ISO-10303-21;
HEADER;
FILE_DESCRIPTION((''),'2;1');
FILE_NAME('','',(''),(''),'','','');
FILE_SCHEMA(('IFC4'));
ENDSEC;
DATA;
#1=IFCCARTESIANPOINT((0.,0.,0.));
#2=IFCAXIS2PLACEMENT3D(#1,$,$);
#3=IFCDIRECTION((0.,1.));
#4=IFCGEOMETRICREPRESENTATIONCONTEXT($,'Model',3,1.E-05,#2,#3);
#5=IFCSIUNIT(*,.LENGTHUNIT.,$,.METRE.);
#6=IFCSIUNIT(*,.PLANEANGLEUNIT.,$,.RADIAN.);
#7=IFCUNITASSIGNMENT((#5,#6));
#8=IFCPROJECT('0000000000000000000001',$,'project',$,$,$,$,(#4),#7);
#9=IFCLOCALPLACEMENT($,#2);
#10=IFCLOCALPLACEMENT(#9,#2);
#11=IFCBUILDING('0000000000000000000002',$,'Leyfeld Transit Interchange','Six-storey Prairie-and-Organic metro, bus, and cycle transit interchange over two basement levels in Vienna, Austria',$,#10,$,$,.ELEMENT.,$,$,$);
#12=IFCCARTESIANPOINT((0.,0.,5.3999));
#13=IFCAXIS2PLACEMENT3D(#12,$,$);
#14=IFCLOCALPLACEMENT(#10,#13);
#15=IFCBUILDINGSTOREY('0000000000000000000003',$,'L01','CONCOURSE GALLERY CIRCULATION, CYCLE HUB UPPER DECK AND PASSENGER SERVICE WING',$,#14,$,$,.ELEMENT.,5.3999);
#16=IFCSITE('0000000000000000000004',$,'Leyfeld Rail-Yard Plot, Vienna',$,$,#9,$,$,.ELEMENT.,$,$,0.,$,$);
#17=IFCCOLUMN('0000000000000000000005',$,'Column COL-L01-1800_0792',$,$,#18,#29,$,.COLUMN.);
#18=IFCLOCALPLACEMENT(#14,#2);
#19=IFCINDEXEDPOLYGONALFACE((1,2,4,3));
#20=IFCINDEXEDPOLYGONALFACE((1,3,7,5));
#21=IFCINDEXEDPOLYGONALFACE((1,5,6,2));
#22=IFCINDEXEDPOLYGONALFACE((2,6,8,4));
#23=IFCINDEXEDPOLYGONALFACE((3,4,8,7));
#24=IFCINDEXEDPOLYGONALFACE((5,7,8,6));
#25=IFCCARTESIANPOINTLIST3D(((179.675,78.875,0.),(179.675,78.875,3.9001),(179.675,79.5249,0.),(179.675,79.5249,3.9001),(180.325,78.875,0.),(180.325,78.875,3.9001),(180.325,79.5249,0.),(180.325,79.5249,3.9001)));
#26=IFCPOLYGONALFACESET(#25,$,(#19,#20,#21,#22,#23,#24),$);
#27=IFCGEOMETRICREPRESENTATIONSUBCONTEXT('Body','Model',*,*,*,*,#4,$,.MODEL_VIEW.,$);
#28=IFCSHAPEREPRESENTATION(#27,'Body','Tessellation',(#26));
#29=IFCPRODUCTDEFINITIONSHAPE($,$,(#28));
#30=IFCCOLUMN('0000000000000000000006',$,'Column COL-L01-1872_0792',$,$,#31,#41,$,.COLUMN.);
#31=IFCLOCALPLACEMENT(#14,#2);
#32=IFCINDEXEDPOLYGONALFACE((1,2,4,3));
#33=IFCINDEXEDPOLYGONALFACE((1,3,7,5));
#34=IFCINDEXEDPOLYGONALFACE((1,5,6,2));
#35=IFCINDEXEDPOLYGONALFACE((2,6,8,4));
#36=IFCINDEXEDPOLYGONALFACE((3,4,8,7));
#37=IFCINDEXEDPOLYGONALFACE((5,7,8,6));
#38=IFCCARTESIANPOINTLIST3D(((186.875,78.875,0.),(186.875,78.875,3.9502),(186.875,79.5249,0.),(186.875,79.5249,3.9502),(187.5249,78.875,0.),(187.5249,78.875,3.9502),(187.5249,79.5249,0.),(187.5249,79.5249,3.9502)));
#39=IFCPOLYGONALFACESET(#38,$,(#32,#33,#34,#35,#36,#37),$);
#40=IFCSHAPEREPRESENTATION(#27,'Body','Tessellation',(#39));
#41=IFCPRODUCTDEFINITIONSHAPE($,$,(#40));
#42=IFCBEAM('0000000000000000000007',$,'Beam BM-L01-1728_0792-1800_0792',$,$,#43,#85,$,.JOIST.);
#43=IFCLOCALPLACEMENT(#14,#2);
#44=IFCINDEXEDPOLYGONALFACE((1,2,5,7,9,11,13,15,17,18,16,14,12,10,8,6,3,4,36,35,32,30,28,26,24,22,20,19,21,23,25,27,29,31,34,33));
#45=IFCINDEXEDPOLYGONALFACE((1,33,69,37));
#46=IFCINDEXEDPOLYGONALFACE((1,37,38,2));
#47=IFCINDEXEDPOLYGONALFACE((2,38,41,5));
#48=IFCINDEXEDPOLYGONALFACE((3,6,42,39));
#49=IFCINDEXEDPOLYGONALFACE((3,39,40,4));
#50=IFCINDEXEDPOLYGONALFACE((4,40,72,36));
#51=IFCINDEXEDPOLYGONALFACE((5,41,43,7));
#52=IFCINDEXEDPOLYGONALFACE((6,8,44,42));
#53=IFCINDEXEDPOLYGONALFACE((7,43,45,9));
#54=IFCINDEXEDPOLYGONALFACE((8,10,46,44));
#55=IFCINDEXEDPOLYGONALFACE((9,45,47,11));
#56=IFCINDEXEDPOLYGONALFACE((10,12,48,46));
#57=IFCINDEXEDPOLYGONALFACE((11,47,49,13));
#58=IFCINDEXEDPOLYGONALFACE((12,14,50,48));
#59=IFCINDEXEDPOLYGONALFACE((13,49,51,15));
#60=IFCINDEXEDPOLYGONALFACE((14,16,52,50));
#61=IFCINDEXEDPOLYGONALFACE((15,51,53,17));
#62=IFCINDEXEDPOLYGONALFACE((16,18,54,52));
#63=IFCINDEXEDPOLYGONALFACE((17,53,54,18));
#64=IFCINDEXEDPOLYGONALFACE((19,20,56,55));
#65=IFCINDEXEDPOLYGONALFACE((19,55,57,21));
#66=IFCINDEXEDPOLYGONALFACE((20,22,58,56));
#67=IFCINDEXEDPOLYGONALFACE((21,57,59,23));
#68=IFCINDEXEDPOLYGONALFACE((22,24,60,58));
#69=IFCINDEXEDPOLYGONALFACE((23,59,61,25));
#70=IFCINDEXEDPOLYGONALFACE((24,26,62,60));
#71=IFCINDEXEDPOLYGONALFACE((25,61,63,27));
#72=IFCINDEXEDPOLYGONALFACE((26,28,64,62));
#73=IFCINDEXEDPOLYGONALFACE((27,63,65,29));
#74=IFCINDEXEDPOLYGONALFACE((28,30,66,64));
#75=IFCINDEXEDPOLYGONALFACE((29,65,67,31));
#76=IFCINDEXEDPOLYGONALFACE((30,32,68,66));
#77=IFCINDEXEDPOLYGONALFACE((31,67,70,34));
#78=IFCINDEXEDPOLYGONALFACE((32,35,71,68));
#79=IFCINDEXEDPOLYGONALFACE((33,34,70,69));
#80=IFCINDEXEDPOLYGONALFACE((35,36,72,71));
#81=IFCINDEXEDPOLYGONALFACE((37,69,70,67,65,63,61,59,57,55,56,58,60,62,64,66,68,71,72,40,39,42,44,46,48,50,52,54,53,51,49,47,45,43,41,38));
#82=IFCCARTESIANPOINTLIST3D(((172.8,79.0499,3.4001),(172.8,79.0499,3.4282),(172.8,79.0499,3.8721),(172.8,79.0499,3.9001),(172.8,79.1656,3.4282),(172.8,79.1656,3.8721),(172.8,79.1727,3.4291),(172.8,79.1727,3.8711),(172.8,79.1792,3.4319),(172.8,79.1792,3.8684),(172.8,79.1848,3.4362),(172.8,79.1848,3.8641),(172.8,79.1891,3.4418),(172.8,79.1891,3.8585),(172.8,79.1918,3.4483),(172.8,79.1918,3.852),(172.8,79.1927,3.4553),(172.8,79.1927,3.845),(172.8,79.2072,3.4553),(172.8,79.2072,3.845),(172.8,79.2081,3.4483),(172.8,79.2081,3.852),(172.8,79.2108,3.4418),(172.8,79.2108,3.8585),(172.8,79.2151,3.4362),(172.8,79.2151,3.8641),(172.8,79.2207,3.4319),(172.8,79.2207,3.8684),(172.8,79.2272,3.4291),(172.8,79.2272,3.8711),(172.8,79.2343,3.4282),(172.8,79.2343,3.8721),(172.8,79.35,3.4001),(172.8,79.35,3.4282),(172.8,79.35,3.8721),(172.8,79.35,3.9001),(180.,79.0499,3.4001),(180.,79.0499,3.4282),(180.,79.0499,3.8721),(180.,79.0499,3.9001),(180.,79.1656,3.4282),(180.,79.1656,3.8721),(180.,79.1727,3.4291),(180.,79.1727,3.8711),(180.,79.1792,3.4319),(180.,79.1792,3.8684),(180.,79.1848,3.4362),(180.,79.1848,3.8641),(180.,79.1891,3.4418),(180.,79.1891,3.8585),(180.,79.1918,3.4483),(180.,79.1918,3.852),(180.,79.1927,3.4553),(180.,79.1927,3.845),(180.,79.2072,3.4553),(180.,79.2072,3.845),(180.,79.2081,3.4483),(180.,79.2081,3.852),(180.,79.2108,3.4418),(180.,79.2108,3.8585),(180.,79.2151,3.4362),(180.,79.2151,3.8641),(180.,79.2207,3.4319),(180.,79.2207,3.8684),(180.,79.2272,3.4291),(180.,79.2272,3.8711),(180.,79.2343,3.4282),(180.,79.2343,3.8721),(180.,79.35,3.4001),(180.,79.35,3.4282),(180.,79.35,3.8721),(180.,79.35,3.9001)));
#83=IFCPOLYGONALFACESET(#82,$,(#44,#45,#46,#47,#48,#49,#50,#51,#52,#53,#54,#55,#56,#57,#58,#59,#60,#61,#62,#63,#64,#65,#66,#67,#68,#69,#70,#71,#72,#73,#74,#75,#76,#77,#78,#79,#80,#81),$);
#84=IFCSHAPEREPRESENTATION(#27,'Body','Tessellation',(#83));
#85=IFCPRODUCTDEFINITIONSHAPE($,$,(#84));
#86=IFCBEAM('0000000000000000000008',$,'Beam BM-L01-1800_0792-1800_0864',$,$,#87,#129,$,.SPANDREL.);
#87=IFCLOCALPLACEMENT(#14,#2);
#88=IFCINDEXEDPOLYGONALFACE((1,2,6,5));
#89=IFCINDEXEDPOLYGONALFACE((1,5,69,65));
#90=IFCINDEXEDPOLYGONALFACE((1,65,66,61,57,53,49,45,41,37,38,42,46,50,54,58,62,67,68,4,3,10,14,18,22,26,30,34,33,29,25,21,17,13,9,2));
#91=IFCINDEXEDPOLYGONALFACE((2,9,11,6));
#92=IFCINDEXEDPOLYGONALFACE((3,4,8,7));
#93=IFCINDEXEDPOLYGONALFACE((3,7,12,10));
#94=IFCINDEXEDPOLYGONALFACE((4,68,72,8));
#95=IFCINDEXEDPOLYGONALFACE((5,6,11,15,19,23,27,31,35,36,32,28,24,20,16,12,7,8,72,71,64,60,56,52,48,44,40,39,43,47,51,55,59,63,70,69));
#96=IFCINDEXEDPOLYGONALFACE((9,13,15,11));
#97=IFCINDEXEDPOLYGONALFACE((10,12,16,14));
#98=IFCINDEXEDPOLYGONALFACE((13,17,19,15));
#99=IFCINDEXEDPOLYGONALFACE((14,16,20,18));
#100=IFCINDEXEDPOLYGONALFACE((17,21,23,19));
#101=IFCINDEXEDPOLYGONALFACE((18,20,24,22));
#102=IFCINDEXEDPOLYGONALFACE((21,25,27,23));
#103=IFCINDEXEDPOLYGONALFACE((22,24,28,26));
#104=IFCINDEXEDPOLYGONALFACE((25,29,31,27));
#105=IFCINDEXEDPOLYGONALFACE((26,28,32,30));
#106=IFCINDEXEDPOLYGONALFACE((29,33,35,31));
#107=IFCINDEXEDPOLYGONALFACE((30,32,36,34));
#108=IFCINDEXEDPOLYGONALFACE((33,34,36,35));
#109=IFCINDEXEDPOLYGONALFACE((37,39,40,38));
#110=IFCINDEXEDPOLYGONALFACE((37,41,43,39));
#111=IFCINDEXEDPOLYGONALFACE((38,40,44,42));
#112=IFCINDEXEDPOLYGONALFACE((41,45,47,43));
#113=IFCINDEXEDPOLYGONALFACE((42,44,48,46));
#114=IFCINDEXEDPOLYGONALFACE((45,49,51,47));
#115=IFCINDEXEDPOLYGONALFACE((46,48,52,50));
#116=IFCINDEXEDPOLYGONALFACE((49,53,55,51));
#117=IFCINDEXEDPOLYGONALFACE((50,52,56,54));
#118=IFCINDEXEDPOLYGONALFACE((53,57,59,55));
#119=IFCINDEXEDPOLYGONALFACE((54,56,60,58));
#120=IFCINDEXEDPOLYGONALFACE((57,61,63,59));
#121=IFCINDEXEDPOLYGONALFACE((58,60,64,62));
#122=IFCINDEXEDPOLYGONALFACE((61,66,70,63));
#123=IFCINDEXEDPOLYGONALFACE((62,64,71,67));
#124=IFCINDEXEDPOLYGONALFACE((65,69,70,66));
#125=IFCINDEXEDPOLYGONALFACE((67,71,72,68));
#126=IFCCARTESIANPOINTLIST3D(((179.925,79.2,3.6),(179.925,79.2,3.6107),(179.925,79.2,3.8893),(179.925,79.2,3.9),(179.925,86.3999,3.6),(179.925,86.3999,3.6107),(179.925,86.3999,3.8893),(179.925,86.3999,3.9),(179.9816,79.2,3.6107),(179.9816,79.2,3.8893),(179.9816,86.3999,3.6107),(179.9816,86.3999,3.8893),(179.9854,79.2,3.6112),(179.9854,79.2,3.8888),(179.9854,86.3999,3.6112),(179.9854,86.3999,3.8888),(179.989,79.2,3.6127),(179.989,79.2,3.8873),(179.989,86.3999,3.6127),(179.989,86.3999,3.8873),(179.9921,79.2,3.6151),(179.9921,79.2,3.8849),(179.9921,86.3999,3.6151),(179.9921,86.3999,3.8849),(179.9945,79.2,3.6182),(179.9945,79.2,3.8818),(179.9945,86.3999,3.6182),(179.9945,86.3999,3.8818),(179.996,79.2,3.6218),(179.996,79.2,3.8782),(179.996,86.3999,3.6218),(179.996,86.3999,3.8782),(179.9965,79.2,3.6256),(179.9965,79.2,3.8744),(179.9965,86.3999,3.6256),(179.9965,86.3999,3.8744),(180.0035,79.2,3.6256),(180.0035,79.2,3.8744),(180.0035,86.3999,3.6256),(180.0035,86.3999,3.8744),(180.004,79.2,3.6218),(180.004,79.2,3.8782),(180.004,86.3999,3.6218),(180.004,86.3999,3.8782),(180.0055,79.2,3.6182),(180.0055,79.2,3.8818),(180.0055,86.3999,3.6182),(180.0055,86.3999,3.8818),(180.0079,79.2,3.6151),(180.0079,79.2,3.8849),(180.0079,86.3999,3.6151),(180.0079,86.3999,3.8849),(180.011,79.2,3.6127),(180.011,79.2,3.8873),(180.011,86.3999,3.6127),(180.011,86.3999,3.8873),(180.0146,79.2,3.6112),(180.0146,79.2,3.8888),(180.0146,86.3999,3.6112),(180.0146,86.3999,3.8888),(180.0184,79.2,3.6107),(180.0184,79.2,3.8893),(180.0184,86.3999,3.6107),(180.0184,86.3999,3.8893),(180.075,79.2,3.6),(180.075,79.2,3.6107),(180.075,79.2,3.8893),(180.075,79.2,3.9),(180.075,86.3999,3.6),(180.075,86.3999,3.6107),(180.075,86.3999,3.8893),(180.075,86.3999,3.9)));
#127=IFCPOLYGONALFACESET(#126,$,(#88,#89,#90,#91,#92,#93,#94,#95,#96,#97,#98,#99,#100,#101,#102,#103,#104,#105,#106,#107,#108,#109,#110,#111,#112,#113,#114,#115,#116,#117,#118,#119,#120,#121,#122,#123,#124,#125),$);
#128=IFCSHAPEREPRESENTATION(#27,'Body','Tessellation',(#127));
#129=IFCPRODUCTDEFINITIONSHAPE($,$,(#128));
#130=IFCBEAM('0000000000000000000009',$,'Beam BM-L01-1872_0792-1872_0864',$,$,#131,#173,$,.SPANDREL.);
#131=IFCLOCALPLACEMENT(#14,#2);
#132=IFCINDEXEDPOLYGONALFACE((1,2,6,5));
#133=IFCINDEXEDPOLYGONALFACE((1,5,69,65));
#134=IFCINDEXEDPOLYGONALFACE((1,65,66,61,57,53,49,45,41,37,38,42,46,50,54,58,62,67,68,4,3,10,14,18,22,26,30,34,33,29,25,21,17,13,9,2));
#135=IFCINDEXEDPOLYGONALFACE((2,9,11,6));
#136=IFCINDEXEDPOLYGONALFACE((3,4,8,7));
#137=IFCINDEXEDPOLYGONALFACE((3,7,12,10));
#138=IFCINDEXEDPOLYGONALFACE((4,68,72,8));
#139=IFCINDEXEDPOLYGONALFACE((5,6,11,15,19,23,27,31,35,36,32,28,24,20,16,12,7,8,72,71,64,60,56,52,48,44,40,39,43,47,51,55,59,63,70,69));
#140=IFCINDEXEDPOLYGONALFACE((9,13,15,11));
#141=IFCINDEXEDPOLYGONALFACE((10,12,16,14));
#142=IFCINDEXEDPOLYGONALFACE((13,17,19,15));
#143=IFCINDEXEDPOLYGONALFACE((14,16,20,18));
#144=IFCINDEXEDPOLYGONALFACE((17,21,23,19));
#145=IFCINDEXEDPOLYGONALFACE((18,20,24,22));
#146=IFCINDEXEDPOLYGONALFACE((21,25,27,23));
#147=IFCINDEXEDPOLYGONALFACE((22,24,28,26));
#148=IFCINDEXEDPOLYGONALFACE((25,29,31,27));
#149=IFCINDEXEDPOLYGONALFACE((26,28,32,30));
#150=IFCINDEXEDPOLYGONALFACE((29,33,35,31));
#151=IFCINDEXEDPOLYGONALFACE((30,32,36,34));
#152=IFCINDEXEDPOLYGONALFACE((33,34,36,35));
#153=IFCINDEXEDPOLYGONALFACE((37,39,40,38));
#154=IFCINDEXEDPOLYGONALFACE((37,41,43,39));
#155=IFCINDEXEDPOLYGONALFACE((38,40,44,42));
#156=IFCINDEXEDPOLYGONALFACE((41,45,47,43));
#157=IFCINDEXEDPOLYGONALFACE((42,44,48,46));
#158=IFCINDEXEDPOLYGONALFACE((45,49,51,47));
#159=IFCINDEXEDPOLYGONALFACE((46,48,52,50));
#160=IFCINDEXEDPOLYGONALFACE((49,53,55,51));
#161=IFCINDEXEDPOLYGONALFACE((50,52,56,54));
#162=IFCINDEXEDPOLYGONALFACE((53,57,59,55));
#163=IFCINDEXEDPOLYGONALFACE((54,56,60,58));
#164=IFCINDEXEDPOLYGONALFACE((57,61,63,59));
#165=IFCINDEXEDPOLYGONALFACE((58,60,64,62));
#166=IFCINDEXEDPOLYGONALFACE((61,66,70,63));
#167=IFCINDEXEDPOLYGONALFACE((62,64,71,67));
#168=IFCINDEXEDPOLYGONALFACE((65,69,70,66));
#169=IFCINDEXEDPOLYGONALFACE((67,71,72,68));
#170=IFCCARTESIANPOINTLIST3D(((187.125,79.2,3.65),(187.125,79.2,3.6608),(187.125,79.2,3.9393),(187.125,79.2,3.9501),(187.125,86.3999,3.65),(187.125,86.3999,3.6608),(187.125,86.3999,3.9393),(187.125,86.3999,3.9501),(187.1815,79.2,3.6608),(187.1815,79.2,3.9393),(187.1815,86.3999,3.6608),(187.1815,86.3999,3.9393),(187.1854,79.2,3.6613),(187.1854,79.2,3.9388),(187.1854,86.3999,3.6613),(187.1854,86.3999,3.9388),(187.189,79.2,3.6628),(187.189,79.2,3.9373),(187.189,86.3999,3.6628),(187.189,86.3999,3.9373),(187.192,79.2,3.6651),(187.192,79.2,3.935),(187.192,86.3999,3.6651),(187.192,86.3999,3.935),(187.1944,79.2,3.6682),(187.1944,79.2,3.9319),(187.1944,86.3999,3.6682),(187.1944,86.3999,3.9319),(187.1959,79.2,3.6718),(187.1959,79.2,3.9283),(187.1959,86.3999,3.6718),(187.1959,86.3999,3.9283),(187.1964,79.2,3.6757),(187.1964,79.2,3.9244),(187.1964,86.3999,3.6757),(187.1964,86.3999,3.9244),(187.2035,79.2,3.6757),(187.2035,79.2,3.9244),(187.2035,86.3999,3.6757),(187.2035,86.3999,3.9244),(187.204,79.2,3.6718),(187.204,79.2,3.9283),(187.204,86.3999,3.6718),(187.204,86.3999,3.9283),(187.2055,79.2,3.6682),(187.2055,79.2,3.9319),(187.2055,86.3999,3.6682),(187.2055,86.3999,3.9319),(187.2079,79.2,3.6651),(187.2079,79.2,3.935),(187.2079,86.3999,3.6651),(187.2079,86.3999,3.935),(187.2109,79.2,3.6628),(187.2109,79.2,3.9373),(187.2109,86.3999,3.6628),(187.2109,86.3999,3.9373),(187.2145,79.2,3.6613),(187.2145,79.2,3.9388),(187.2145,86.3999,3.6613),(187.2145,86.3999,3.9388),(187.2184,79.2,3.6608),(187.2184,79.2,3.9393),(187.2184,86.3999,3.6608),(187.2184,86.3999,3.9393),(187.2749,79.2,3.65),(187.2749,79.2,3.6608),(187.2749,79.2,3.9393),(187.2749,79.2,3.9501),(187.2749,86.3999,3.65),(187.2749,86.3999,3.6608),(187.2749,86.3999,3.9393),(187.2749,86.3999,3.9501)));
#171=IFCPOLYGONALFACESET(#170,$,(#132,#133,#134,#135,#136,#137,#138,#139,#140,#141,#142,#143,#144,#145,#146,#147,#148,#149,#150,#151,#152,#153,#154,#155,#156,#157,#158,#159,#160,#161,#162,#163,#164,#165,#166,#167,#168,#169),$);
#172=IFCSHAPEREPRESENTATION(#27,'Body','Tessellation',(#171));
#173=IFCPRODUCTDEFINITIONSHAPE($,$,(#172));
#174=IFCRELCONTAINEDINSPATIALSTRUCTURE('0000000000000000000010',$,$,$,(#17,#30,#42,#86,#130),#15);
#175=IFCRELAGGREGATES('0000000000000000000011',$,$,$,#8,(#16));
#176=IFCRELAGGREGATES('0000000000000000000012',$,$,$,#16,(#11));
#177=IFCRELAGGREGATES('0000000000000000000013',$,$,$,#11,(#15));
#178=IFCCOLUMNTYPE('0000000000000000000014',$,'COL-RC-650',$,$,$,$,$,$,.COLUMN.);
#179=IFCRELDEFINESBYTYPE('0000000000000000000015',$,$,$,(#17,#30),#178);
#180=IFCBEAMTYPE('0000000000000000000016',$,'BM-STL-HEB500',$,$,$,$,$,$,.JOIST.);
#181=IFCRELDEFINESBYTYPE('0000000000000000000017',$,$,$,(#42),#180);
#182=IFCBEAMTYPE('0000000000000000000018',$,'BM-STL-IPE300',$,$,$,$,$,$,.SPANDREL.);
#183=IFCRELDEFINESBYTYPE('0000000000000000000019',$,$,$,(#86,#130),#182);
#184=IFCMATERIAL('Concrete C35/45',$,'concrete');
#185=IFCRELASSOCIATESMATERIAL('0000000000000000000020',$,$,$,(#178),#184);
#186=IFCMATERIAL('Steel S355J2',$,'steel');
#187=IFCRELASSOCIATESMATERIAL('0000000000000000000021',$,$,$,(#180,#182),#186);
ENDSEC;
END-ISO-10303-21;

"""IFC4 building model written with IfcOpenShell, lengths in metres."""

from ifc_helpers import new_model, si_unit, direction, frame, origin, origin_2d, place, context, subcontext, project, spatial, rectangle, i_section, extrude, material, material_profile, profile_set, type_object, element, save


model = new_model("IFC4")

# Units and contexts
model_context = context("Model", 3, precision=1e-05, world=origin(), true_north=direction((0.0, 1.0)))
body_context = subcontext(model_context, "Body", "Model", "MODEL_VIEW")
ifc_project = project(units=[si_unit("LENGTHUNIT", "METRE"), si_unit("PLANEANGLEUNIT", "RADIAN")], contexts=[model_context])

# Site, building, storey
site_placement = place(None, origin())
site = spatial("IfcSite", under=ifc_project, at=site_placement, Name="Leyfeld Rail-Yard Plot, Vienna", CompositionType="ELEMENT", RefElevation=0.0)
building_placement = place(site_placement, origin())
building = spatial("IfcBuilding", under=site, at=building_placement, Name="Leyfeld Transit Interchange", Description="Six-storey Prairie-and-Organic metro, bus, and cycle transit interchange over two basement levels in Vienna, Austria", CompositionType="ELEMENT")
storey_placement = place(building_placement, frame((0.0, 0.0, 5.3999)))
storey = spatial("IfcBuildingStorey", under=building, at=storey_placement, Name="L01", Description="CONCOURSE GALLERY CIRCULATION, CYCLE HUB UPPER DECK AND PASSENGER SERVICE WING", CompositionType="ELEMENT", Elevation=5.3999)

# Columns
ifc_material_1 = material(Name="Concrete C35/45", Category="concrete")
ifc_material_profile_1 = material_profile(ifc_material_1, rectangle(XDim=0.6499, YDim=0.6499, at=origin_2d()), Name="RC 650x650")
ifc_profile_set_1 = profile_set([ifc_material_profile_1], Name="Concrete C35/45")
column_type = type_object("IfcColumnType", Name="COL-RC-650", PredefinedType="COLUMN", material=ifc_profile_set_1)
column_1_placement = place(storey_placement, frame((180.0, 79.2, 0.0), z_axis=(0.0, 0.0, 1.0), x_axis=(1.0, 0.0, 0.0)))
element("IfcColumn", 1, at=column_1_placement, inside=storey, type_object=column_type, Name="Column COL-L01-1800_0792", PredefinedType="COLUMN", context=body_context, shape_type="SweptSolid", body=[
    extrude(rectangle(XDim=0.6499, YDim=0.6499, at=origin_2d()), origin(), (0.0, 0.0, 1.0), 3.9001),
])
column_2_placement = place(storey_placement, frame((187.2, 79.2, 0.0), z_axis=(0.0, 0.0, 1.0), x_axis=(1.0, 0.0, 0.0)))
element("IfcColumn", 2, at=column_2_placement, inside=storey, type_object=column_type, Name="Column COL-L01-1872_0792", PredefinedType="COLUMN", context=body_context, shape_type="SweptSolid", body=[
    extrude(rectangle(XDim=0.6499, YDim=0.6499, at=origin_2d()), origin(), (0.0, 0.0, 1.0), 3.9502),
])

# Beams
ifc_material_2 = material(Name="Steel S355J2", Category="steel")
ifc_material_profile_2 = material_profile(ifc_material_2, i_section(OverallWidth=0.3, OverallDepth=0.5, WebThickness=0.0144, FlangeThickness=0.0281, FilletRadius=0.0271, at=origin_2d()), Name="HEB 500")
ifc_profile_set_2 = profile_set([ifc_material_profile_2], Name="Steel S355J2")
beam_type_1 = type_object("IfcBeamType", Name="BM-STL-HEB500", PredefinedType="JOIST", material=ifc_profile_set_2)
beam_1_placement = place(storey_placement, frame((172.8, 79.2, 3.6501), z_axis=(1.0, 0.0, 0.0), x_axis=(0.0, 1.0, 0.0)))
element("IfcBeam", 3, at=beam_1_placement, inside=storey, type_object=beam_type_1, Name="Beam BM-L01-1728_0792-1800_0792", PredefinedType="JOIST", context=body_context, shape_type="SweptSolid", body=[
    extrude(i_section(OverallWidth=0.3, OverallDepth=0.5, WebThickness=0.0144, FlangeThickness=0.0281, FilletRadius=0.0271, at=origin_2d()), origin(), (0.0, 0.0, 1.0), 7.2),
])
ifc_material_profile_3 = material_profile(ifc_material_2, i_section(OverallWidth=0.1499, OverallDepth=0.3, WebThickness=0.0071, FlangeThickness=0.0107, FilletRadius=0.0149, at=origin_2d()), Name="IPE 300")
ifc_profile_set_3 = profile_set([ifc_material_profile_3], Name="Steel S355J2")
beam_type_2 = type_object("IfcBeamType", Name="BM-STL-IPE300", PredefinedType="SPANDREL", material=ifc_profile_set_3)
for number, where, z_axis, x_axis, name in (
    (4, (180.0, 79.2, 3.75), (0.0, 1.0, 0.0), (-1.0, 0.0, 0.0), "Beam BM-L01-1800_0792-1800_0864"),
    (5, (187.2, 79.2, 3.8), (0.0, 1.0, 0.0), (-1.0, 0.0, 0.0), "Beam BM-L01-1872_0792-1872_0864"),
):
    element("IfcBeam", number, at=place(storey_placement, frame(where, z_axis=z_axis, x_axis=x_axis)), inside=storey, type_object=beam_type_2, Name=name, PredefinedType="SPANDREL", context=body_context, shape_type="SweptSolid", body=[
        extrude(i_section(OverallWidth=0.1499, OverallDepth=0.3, WebThickness=0.0071, FlangeThickness=0.0107, FilletRadius=0.0149, at=origin_2d()), origin(), (0.0, 0.0, 1.0), 7.2),
    ])

save(model, "model.ifc")
